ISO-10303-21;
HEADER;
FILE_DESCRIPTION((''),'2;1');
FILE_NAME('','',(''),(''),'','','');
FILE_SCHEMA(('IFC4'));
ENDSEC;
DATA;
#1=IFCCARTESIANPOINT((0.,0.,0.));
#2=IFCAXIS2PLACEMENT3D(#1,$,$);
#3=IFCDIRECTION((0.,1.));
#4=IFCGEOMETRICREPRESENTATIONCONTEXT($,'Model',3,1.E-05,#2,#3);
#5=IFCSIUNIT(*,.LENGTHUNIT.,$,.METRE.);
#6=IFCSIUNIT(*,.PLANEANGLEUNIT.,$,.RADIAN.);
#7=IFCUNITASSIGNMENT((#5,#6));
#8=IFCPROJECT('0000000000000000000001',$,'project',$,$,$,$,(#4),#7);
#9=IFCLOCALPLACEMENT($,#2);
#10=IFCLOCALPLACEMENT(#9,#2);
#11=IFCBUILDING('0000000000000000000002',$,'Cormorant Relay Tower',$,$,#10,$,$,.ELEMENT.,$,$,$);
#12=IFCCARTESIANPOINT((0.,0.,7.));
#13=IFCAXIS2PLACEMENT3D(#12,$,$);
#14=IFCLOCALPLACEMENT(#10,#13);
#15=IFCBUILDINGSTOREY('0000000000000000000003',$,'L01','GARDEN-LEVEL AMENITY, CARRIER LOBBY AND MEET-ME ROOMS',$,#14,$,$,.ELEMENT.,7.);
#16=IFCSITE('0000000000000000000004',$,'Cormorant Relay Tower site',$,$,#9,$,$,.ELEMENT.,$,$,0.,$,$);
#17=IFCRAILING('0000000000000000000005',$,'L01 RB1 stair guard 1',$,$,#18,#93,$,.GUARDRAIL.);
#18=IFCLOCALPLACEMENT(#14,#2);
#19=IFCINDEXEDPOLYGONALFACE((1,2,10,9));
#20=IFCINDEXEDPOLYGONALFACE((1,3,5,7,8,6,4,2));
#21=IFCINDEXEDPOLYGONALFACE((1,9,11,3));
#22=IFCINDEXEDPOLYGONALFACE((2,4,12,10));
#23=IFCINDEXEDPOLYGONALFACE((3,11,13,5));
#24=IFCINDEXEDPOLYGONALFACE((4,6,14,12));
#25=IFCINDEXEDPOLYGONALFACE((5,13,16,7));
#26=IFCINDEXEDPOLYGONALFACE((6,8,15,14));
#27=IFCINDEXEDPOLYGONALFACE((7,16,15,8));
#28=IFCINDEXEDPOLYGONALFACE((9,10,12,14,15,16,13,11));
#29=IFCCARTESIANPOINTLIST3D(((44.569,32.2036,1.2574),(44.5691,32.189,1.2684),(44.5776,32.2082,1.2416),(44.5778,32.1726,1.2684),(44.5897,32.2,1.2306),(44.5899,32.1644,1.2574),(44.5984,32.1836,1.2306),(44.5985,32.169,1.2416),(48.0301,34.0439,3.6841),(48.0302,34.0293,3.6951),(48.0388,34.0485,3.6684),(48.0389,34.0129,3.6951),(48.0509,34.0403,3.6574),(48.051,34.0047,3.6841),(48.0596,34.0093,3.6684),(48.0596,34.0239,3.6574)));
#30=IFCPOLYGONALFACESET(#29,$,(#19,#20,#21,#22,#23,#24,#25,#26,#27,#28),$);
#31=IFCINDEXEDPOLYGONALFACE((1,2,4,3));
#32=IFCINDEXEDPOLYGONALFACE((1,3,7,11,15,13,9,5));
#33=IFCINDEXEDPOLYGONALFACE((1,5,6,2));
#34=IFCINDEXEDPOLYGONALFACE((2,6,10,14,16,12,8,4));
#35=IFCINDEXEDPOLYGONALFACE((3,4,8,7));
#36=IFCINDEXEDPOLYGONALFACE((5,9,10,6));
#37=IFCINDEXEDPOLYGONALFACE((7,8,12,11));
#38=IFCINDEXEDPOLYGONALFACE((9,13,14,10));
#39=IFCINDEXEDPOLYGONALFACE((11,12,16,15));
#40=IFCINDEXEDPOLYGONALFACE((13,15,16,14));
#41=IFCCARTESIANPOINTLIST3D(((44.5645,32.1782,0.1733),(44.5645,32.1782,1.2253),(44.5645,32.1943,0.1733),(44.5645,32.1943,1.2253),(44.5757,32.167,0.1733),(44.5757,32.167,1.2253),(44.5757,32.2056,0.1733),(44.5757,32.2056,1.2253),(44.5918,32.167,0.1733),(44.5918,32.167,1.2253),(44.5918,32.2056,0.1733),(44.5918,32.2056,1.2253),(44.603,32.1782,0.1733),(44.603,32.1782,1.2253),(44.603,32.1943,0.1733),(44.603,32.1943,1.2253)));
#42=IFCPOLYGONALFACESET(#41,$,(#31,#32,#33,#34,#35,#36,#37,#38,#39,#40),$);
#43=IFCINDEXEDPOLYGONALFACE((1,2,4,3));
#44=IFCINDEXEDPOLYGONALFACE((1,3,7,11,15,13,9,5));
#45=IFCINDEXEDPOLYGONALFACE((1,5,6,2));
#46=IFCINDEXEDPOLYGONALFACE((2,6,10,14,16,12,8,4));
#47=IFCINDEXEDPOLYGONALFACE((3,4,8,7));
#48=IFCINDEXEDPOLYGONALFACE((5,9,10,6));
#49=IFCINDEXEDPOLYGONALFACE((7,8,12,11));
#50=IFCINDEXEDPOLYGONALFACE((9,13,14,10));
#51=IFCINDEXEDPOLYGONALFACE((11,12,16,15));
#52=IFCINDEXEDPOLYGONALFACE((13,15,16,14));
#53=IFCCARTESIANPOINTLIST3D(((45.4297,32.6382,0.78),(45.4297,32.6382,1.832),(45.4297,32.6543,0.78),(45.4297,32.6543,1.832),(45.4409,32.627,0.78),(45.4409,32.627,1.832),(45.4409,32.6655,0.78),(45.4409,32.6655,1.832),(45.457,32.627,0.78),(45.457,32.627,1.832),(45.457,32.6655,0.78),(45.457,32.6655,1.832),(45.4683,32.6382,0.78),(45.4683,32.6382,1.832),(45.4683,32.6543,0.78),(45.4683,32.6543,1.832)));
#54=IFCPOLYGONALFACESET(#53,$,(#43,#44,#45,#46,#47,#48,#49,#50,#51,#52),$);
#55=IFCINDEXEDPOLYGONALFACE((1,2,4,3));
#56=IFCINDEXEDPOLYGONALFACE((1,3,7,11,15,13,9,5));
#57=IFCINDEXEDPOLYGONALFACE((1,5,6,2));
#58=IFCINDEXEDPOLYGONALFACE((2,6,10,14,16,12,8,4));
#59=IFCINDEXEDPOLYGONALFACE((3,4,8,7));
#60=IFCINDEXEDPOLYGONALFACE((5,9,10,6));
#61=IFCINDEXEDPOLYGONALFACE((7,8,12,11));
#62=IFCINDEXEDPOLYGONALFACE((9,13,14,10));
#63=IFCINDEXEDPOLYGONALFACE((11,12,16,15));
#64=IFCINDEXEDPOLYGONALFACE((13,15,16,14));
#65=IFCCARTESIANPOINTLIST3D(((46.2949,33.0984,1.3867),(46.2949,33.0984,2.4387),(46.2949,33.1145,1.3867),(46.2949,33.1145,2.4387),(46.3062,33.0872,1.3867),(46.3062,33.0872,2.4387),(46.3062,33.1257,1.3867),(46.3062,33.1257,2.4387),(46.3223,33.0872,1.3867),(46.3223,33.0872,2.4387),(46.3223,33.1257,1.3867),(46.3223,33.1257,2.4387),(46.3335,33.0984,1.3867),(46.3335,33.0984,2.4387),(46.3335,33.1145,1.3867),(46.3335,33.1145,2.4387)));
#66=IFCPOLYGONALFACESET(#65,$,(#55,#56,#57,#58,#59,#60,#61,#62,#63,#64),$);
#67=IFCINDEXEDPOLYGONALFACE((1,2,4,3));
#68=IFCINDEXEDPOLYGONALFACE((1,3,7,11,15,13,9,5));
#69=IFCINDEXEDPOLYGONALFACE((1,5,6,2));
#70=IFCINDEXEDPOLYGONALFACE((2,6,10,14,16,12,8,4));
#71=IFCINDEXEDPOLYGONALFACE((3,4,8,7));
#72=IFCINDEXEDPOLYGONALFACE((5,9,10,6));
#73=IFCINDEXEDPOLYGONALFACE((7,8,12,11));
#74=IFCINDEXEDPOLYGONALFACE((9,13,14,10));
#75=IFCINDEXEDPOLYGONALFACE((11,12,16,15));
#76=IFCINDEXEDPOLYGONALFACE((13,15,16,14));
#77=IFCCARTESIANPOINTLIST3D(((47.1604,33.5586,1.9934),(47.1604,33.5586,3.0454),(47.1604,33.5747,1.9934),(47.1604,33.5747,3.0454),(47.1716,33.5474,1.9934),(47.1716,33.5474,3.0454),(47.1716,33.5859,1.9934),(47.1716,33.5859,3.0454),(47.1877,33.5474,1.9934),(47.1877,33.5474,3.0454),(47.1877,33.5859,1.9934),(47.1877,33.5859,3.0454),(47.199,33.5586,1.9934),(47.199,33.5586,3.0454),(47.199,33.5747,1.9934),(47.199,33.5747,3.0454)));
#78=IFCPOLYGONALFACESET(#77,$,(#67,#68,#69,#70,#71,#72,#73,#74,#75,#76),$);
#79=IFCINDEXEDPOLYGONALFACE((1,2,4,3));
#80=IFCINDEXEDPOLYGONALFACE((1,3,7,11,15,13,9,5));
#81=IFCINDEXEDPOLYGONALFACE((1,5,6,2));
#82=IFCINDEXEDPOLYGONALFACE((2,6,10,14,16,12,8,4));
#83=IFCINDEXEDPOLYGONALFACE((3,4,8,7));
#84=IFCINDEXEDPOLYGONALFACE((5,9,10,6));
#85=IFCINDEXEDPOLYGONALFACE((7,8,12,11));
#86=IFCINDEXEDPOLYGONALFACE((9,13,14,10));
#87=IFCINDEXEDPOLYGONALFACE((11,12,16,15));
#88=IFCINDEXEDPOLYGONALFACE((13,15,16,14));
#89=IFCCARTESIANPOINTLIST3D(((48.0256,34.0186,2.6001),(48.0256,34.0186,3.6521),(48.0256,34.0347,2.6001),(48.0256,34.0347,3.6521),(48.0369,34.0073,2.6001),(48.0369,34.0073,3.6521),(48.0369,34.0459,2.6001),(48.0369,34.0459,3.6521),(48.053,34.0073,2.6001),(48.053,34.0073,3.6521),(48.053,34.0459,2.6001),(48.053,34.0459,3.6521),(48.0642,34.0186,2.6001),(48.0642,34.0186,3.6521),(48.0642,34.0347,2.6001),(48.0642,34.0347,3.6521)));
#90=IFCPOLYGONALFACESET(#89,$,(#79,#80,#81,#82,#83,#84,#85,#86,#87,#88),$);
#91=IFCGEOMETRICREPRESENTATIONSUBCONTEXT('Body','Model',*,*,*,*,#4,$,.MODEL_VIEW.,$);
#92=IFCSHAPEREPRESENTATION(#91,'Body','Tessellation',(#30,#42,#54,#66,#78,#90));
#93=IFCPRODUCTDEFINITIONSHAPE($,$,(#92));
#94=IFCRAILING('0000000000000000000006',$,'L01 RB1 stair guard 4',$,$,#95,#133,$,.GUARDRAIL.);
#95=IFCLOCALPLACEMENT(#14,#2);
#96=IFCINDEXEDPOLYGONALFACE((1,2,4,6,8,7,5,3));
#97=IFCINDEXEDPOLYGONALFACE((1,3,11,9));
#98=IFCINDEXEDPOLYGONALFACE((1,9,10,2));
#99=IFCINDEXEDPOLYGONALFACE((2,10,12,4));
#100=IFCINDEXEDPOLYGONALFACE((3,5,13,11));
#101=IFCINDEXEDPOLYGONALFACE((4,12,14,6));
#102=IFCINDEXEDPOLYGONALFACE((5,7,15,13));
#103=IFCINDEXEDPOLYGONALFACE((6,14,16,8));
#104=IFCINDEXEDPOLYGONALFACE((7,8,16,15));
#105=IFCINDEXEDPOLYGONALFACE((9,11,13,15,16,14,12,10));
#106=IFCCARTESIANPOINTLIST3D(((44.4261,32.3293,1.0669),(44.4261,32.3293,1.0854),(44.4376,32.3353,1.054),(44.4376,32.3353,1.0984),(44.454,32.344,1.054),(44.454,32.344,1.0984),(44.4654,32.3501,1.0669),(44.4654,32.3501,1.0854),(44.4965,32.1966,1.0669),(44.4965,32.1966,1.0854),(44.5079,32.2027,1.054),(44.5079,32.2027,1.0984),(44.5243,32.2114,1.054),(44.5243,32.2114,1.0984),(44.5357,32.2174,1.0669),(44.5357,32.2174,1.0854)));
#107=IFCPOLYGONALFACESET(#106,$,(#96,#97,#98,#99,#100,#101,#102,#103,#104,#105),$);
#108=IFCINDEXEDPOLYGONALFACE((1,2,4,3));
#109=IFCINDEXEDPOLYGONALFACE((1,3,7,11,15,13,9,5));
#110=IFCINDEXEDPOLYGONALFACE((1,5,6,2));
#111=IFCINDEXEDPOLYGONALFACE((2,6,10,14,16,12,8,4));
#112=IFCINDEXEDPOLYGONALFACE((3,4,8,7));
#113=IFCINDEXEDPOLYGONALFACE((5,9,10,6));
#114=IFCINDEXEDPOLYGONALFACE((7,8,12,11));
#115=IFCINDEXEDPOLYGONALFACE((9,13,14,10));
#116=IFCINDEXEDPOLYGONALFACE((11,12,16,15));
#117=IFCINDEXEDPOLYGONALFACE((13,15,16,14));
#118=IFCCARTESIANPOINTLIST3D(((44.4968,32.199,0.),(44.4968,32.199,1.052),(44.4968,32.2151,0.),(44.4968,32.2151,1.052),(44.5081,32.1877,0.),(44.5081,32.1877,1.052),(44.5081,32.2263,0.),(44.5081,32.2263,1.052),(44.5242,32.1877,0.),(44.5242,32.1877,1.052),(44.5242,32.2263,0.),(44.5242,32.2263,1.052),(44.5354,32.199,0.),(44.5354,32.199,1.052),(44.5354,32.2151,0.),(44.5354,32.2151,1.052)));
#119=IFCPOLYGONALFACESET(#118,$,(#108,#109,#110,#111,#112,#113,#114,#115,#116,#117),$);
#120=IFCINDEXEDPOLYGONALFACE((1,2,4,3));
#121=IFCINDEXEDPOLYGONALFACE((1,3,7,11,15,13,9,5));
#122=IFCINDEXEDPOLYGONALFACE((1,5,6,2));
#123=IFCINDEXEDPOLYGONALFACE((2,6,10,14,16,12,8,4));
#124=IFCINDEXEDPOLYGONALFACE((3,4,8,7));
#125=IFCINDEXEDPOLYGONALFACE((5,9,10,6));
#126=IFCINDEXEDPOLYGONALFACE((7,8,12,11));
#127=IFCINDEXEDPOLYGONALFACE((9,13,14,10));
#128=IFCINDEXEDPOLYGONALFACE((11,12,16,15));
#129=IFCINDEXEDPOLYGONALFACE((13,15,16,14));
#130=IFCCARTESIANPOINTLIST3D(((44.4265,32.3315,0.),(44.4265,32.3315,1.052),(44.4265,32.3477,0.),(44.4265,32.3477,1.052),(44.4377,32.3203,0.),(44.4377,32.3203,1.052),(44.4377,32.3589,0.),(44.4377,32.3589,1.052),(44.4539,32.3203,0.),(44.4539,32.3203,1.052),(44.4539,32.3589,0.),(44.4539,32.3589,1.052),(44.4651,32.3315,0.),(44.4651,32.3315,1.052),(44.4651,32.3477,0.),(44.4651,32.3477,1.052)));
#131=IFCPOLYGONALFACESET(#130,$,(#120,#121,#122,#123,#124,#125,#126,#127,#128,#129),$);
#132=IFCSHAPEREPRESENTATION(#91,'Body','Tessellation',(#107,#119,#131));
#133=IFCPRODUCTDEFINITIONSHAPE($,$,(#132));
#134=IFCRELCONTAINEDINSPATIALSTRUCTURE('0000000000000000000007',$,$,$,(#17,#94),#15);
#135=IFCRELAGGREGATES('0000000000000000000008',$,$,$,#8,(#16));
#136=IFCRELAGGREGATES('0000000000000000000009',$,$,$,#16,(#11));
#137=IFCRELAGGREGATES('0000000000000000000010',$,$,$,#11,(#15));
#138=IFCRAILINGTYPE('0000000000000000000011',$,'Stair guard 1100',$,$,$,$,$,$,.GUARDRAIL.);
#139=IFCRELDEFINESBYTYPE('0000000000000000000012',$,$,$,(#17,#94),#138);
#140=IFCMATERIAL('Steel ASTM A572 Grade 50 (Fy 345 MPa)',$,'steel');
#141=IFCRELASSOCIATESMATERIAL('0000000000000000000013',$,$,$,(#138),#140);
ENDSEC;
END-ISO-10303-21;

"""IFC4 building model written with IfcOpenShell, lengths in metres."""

from ifc_helpers import new_model, si_unit, direction, frame, origin, place, context, subcontext, project, spatial, polyline, outline, extrude, material, type_object, element, save


model = new_model("IFC4")

# Units and contexts
model_context = context("Model", 3, precision=1e-05, world=origin(), true_north=direction((0.0, 1.0)))
body_context = subcontext(model_context, "Body", "Model", "MODEL_VIEW")
ifc_project = project(units=[si_unit("LENGTHUNIT", "METRE"), si_unit("PLANEANGLEUNIT", "RADIAN")], contexts=[model_context])

# Site, building, storey
site_placement = place(None, origin())
site = spatial("IfcSite", under=ifc_project, at=site_placement, Name="Cormorant Relay Tower site", CompositionType="ELEMENT", RefElevation=0.0)
building_placement = place(site_placement, origin())
building = spatial("IfcBuilding", under=site, at=building_placement, Name="Cormorant Relay Tower", CompositionType="ELEMENT")
storey_placement = place(building_placement, frame((0.0, 0.0, 7.0)))
storey = spatial("IfcBuildingStorey", under=building, at=storey_placement, Name="L01", Description="GARDEN-LEVEL AMENITY, CARRIER LOBBY AND MEET-ME ROOMS", CompositionType="ELEMENT", Elevation=7.0)

# Railings
ifc_material_1 = material(Name="Steel ASTM A572 Grade 50 (Fy 345 MPa)", Category="steel")
railing_type_1 = type_object("IfcRailingType", Name="Stair guard 1100", PredefinedType="GUARDRAIL", material=ifc_material_1)
railing_1_placement = place(storey_placement, frame((44.5837, 32.1863, 0.1733)))
element("IfcRailing", 1, at=railing_1_placement, inside=storey, type_object=railing_type_1, Name="L01 RB1 stair guard 1", PredefinedType="GUARDRAIL", context=body_context, shape_type="SweptSolid", body=[
    extrude(outline(polyline([(0.0222, 0.0093), (0.0093, 0.0222), (-0.0093, 0.0222), (-0.0222, 0.0093), (-0.0222, -0.0093), (-0.0093, -0.0222), (0.0093, -0.0222), (0.0222, -0.0093), (0.0222, 0.0093)])), frame((0.0, 0.0, 1.0762), z_axis=(0.750734, 0.39917, 0.526366), x_axis=(-0.469469, 0.882949, 0.0)), (0.0, 0.0, 1.0), 4.6104),
    extrude(outline(polyline([(0.0193, 0.0081), (0.0081, 0.0193), (-0.0081, 0.0193), (-0.0193, 0.0081), (-0.0193, -0.0081), (-0.0081, -0.0193), (0.0081, -0.0193), (0.0193, -0.0081), (0.0193, 0.0081)])), origin(), (0.0, 0.0, 1.0), 1.052),
    extrude(outline(polyline([(0.0193, 0.0081), (0.0081, 0.0193), (-0.0081, 0.0193), (-0.0193, 0.0081), (-0.0193, -0.0081), (-0.0081, -0.0193), (0.0081, -0.0193), (0.0193, -0.0081), (0.0193, 0.0081)])), frame((0.8652, 0.46, 0.6067)), (0.0, 0.0, 1.0), 1.052),
    extrude(outline(polyline([(0.0193, 0.0081), (0.0081, 0.0193), (-0.0081, 0.0193), (-0.0193, 0.0081), (-0.0193, -0.0081), (-0.0081, -0.0193), (0.0081, -0.0193), (0.0193, -0.0081), (0.0193, 0.0081)])), frame((1.7305, 0.9202, 1.2134)), (0.0, 0.0, 1.0), 1.052),
    extrude(outline(polyline([(0.0193, 0.0081), (0.0081, 0.0193), (-0.0081, 0.0193), (-0.0193, 0.0081), (-0.0193, -0.0081), (-0.0081, -0.0193), (0.0081, -0.0193), (0.0193, -0.0081), (0.0193, 0.0081)])), frame((2.5959, 1.3804, 1.8201)), (0.0, 0.0, 1.0), 1.052),
    extrude(outline(polyline([(0.0193, 0.0081), (0.0081, 0.0193), (-0.0081, 0.0193), (-0.0193, 0.0081), (-0.0193, -0.0081), (-0.0081, -0.0193), (0.0081, -0.0193), (0.0193, -0.0081), (0.0193, 0.0081)])), frame((3.4612, 1.8403, 2.4268)), (0.0, 0.0, 1.0), 1.052),
])
railing_2_placement = place(storey_placement, frame((44.5161, 32.207, 0.0)))
element("IfcRailing", 2, at=railing_2_placement, inside=storey, type_object=railing_type_1, Name="L01 RB1 stair guard 4", PredefinedType="GUARDRAIL", context=body_context, shape_type="SweptSolid", body=[
    extrude(outline(polyline([(0.0222, 0.0093), (0.0093, 0.0222), (-0.0093, 0.0222), (-0.0222, 0.0093), (-0.0222, -0.0093), (-0.0093, -0.0222), (0.0093, -0.0222), (0.0222, -0.0093), (0.0222, 0.0093)])), frame((0.0, 0.0, 1.0762), z_axis=(-0.46856, 0.883431, 0.0), x_axis=(-0.883431, -0.46856, 0.0)), (0.0, 0.0, 1.0), 0.1501),
    extrude(outline(polyline([(0.0193, 0.0081), (0.0081, 0.0193), (-0.0081, 0.0193), (-0.0193, 0.0081), (-0.0193, -0.0081), (-0.0081, -0.0193), (0.0081, -0.0193), (0.0193, -0.0081), (0.0193, 0.0081)])), origin(), (0.0, 0.0, 1.0), 1.052),
    extrude(outline(polyline([(0.0193, 0.0081), (0.0081, 0.0193), (-0.0081, 0.0193), (-0.0193, 0.0081), (-0.0193, -0.0081), (-0.0081, -0.0193), (0.0081, -0.0193), (0.0193, -0.0081), (0.0193, 0.0081)])), frame((-0.0703, 0.1326, 0.0)), (0.0, 0.0, 1.0), 1.052),
])

save(model, "model.ifc")
